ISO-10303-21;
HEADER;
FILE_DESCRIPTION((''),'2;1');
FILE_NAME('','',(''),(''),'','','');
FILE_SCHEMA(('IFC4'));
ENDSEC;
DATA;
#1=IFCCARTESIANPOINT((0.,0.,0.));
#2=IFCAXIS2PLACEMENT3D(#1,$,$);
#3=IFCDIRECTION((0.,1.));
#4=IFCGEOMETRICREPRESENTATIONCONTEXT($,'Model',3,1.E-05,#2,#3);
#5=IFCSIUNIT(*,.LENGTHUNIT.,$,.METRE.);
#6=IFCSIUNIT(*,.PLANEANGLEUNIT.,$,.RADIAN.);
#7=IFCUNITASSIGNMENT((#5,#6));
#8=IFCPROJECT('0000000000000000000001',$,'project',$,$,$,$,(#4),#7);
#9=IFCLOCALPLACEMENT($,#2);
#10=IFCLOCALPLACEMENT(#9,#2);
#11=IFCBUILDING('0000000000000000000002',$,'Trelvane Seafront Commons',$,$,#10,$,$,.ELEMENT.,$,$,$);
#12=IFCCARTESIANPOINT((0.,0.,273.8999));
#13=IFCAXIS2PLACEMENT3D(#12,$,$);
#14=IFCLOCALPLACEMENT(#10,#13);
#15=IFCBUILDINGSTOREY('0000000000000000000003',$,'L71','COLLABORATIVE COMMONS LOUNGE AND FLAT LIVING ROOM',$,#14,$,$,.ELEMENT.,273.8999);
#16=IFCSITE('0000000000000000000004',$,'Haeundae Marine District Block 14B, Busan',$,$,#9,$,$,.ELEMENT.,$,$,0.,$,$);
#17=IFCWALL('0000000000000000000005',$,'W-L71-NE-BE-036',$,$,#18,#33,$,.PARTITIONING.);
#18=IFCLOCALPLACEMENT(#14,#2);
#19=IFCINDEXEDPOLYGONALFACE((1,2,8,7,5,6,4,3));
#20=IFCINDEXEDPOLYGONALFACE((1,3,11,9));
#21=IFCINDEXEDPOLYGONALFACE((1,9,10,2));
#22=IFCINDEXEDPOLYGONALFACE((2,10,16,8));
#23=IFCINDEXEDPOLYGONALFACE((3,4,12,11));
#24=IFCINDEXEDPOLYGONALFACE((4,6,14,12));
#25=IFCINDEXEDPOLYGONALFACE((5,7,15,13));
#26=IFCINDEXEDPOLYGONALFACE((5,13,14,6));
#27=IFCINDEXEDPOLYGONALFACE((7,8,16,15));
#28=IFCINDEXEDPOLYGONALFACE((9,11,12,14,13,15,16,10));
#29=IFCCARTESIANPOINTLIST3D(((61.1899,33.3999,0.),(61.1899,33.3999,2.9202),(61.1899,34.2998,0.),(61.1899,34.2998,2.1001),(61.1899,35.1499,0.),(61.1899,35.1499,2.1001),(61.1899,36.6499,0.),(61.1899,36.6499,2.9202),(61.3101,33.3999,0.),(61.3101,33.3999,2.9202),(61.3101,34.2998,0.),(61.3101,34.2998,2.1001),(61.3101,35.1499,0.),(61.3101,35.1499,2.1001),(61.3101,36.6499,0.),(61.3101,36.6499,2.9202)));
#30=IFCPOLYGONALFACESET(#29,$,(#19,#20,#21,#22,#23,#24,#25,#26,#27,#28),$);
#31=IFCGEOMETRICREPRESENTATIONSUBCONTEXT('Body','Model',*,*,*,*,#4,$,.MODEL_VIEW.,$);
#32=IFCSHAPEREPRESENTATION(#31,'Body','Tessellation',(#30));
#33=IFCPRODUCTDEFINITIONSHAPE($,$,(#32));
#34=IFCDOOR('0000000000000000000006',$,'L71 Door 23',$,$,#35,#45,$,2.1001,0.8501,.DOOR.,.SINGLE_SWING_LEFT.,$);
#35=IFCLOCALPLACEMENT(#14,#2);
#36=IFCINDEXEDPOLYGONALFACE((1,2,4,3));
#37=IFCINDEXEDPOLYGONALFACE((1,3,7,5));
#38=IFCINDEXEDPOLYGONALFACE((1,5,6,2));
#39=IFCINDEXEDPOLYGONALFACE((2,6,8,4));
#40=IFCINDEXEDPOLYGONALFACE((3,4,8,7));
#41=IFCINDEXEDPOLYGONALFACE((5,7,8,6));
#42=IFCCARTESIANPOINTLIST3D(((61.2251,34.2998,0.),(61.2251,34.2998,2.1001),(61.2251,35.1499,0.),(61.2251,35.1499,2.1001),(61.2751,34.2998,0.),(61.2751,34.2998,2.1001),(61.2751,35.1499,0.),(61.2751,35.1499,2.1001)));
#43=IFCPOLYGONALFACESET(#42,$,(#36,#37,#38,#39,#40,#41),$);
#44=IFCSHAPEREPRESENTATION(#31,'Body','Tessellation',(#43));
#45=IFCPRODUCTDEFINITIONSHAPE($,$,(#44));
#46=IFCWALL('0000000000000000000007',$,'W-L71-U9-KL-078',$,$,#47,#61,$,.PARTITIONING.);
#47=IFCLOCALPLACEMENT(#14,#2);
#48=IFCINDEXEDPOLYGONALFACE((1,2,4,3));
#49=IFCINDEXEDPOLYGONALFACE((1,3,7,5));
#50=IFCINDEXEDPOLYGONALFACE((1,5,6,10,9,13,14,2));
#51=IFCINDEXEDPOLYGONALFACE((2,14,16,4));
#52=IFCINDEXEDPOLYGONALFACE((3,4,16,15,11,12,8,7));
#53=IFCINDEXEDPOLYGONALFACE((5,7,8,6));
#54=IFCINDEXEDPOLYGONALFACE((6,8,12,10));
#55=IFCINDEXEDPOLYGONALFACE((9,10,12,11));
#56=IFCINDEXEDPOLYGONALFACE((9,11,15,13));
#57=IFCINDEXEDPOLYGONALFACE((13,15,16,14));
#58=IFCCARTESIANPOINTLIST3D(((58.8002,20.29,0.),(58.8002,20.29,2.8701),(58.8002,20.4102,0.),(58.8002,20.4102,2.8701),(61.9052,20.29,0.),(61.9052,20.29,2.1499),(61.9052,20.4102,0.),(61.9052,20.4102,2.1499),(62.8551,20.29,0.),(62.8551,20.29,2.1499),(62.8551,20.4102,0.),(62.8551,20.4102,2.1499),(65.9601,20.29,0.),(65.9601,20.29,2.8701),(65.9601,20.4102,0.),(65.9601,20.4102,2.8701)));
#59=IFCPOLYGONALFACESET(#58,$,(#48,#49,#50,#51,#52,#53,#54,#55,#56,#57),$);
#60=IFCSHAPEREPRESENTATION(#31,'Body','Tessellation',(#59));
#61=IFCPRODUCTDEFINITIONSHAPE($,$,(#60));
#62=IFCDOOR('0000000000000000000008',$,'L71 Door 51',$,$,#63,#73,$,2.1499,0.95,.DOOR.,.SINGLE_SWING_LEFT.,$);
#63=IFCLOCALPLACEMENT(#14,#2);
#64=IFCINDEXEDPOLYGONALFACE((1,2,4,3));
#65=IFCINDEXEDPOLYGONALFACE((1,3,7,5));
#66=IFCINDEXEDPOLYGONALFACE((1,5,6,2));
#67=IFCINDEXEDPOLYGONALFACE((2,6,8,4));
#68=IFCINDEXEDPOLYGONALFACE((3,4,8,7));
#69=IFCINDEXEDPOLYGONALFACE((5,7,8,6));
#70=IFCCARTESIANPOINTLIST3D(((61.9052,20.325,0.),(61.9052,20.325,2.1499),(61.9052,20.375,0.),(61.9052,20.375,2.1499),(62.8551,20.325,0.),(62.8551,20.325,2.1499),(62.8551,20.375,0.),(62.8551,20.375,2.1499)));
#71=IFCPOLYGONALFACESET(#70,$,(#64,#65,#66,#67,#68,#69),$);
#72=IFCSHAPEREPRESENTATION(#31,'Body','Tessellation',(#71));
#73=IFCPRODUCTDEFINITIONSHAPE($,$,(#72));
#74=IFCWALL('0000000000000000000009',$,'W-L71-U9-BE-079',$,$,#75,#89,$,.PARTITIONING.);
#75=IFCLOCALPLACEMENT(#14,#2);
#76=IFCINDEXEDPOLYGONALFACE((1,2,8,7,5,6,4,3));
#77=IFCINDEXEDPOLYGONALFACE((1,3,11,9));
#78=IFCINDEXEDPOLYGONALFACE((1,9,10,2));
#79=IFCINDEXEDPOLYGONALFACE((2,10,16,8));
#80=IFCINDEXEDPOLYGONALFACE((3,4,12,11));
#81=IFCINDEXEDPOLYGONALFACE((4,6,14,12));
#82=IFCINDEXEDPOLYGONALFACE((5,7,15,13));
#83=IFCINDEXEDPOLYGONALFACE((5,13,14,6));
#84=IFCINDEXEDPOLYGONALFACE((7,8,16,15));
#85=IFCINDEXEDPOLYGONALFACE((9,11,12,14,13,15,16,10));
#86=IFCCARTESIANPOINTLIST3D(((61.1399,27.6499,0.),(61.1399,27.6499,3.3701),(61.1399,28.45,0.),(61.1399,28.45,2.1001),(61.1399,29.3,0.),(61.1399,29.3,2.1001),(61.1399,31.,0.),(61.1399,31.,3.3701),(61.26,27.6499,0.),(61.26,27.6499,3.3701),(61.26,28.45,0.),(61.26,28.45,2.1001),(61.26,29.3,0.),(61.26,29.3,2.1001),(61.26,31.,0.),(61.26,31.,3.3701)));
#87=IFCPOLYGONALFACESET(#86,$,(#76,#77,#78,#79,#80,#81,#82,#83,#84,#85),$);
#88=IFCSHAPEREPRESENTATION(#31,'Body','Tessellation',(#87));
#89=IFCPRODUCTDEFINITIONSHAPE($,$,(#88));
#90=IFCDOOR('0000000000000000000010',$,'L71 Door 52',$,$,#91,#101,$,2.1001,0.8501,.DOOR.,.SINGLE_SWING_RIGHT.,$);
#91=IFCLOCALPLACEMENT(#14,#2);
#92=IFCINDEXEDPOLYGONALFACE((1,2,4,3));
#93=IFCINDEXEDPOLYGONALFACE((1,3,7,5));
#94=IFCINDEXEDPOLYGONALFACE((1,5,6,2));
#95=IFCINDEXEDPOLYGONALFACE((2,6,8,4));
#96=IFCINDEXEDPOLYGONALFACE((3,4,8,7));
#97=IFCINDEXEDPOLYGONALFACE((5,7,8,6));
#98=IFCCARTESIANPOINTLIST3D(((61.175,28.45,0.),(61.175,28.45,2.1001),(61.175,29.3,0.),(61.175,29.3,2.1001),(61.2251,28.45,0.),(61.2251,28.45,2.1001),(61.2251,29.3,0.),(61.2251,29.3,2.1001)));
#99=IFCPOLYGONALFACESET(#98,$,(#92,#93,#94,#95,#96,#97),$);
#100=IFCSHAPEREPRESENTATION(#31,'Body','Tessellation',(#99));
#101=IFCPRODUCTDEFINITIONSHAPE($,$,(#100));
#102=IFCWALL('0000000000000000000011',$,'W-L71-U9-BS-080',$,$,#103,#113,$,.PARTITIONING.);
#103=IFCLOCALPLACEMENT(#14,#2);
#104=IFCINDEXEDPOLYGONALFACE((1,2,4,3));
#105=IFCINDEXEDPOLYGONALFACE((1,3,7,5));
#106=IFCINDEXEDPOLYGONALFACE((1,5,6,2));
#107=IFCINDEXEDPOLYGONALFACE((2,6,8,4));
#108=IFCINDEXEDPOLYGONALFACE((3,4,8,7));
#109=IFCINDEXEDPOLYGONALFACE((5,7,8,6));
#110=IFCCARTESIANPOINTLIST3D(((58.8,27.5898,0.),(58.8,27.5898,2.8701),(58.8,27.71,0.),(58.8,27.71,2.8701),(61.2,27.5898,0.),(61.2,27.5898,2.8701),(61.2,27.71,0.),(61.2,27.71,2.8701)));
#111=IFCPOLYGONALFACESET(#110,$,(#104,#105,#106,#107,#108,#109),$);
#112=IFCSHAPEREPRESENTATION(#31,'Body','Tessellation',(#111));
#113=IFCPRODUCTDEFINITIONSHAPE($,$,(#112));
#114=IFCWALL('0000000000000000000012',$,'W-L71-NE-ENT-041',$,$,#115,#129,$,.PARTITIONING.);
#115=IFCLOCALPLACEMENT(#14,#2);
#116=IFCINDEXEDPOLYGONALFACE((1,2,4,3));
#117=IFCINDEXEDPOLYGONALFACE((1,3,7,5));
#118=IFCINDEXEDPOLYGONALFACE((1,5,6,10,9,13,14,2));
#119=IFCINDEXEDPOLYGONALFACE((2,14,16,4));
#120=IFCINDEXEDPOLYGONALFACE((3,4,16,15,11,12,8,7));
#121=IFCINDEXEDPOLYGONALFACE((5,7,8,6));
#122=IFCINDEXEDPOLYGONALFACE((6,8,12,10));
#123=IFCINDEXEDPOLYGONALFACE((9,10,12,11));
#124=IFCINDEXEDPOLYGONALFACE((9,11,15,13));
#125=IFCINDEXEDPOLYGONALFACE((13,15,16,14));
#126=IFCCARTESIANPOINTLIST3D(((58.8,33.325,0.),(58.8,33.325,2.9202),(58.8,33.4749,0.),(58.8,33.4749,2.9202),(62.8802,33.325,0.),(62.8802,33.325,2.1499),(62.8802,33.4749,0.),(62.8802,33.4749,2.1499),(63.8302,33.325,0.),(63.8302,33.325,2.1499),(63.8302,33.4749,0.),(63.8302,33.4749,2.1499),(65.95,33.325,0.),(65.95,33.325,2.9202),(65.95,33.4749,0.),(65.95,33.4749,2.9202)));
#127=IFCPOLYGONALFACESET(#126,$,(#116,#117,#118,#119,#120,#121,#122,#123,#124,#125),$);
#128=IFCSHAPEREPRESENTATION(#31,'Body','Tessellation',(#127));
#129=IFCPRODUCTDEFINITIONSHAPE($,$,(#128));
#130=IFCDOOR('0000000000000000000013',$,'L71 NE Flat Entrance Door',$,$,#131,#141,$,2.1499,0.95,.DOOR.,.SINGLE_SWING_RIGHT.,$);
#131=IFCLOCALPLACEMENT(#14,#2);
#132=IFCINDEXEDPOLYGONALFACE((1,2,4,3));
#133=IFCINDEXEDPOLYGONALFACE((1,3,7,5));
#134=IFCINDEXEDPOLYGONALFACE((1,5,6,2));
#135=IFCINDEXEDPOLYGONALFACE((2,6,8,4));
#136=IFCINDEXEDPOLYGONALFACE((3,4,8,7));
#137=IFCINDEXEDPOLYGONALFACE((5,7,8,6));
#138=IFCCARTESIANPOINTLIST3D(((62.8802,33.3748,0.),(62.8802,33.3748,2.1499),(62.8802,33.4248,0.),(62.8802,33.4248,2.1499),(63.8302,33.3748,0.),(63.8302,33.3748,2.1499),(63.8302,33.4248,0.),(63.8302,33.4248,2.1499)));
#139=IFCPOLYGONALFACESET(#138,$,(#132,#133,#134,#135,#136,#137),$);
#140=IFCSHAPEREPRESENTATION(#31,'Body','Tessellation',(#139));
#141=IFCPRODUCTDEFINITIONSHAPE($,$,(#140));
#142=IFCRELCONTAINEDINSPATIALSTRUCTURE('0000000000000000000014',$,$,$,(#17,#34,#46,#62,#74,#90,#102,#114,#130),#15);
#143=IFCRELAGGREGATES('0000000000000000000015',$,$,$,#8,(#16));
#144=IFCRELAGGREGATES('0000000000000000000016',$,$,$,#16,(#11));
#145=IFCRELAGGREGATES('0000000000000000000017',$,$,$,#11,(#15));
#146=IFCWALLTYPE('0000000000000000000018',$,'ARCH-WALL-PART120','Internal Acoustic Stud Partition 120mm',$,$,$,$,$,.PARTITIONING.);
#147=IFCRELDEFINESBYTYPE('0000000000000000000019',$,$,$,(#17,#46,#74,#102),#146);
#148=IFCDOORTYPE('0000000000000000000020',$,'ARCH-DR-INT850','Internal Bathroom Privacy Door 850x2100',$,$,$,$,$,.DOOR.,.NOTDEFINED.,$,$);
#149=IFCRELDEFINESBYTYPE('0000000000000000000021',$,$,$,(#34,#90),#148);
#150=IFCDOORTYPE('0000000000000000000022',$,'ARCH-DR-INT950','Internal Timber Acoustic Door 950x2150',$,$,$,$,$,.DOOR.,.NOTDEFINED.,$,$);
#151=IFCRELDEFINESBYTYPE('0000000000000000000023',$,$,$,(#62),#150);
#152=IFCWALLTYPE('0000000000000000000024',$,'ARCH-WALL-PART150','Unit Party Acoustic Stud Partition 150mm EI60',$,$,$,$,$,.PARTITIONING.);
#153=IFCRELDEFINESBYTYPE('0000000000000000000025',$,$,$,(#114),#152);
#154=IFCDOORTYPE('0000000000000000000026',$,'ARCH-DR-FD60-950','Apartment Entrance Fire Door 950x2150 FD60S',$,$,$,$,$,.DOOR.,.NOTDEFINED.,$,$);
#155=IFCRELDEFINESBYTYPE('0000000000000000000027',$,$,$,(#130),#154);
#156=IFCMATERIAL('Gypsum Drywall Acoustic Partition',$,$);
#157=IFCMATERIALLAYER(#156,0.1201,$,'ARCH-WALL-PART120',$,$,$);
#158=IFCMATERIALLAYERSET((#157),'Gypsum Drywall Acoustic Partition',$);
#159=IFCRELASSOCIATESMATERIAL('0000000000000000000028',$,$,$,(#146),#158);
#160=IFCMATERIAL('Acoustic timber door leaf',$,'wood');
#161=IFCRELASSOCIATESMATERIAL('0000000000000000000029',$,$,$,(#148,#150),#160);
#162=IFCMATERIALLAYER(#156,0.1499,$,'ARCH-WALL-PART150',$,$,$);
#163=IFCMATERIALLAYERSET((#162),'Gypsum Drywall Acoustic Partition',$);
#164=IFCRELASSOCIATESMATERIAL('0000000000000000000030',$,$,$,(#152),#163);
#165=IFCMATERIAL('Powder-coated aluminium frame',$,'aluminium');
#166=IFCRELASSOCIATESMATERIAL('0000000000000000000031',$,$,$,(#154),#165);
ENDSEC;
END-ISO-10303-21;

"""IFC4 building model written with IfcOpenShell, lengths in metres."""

from ifc_helpers import new_model, si_unit, direction, frame, frame_2d, origin, place, context, subcontext, project, spatial, rectangle, extrude, source, transform, mapped, material, layer, layer_set, type_object, element, fill, save


model = new_model("IFC4")

# Units and contexts
model_context = context("Model", 3, precision=1e-05, world=origin(), true_north=direction((0.0, 1.0)))
body_context = subcontext(model_context, "Body", "Model", "MODEL_VIEW")
ifc_project = project(units=[si_unit("LENGTHUNIT", "METRE"), si_unit("PLANEANGLEUNIT", "RADIAN")], contexts=[model_context])

# Site, building, storey
site_placement = place(None, origin())
site = spatial("IfcSite", under=ifc_project, at=site_placement, Name="Haeundae Marine District Block 14B, Busan", CompositionType="ELEMENT", RefElevation=0.0)
building_placement = place(site_placement, origin())
building = spatial("IfcBuilding", under=site, at=building_placement, Name="Trelvane Seafront Commons", CompositionType="ELEMENT")
storey_placement = place(building_placement, frame((0.0, 0.0, 273.8999)))
storey = spatial("IfcBuildingStorey", under=building, at=storey_placement, Name="L71", Description="COLLABORATIVE COMMONS LOUNGE AND FLAT LIVING ROOM", CompositionType="ELEMENT", Elevation=273.8999)

# Walls, openings, doors
ifc_material_1 = material(Name="Gypsum Drywall Acoustic Partition")
ifc_layer_1 = layer(ifc_material_1, 0.1201, Name="ARCH-WALL-PART120")
ifc_layer_set_1 = layer_set([ifc_layer_1], Name="Gypsum Drywall Acoustic Partition")
wall_type_1 = type_object("IfcWallType", Name="ARCH-WALL-PART120", Description="Internal Acoustic Stud Partition 120mm", PredefinedType="PARTITIONING", material=ifc_layer_set_1)
wall_1_placement = place(storey_placement, frame((61.25, 33.3999, 0.0), z_axis=(0.0, 0.0, 1.0), x_axis=(0.0, 1.0, 0.0)))
wall_1 = element("IfcWall", 1, at=wall_1_placement, inside=storey, type_object=wall_type_1, Name="W-L71-NE-BE-036", PredefinedType="PARTITIONING", context=body_context, shape_type="SweptSolid", body=[
    extrude(rectangle(XDim=3.25, YDim=0.1201, at=frame_2d((1.625, 0.0))), origin(), (0.0, 0.0, 1.0), 2.9202),
])
opening_1_placement = place(wall_1_placement, frame((0.8999, 0.0, 0.0)))
opening_1 = element("IfcOpeningElement", 2, at=opening_1_placement, cuts=wall_1, PredefinedType="OPENING", context=body_context, shape_type="SweptSolid", body=[
    extrude(rectangle(XDim=0.8501, YDim=2.1001, at=frame_2d((0.425, 1.05))), frame((0.0, 0.0701, 0.0), z_axis=(0.0, -1.0, 0.0), x_axis=(1.0, 0.0, 0.0)), (0.0, 0.0, 1.0), 0.1401),
])
ifc_material_2 = material(Name="Acoustic timber door leaf", Category="wood")
door_type_1 = type_object("IfcDoorType", Name="ARCH-DR-INT850", Description="Internal Bathroom Privacy Door 850x2100", OperationType="NOTDEFINED", PredefinedType="DOOR", material=ifc_material_2)
shared_shape_1 = source(origin(), body_context, "Body", "SweptSolid", [
    extrude(rectangle(XDim=0.8501, YDim=2.1001, at=frame_2d((0.425, 1.05))), frame((0.0, 0.0249, 0.0), z_axis=(0.0, -1.0, 0.0), x_axis=(1.0, 0.0, 0.0)), (0.0, 0.0, 1.0), 0.05),
])
door_1_placement = place(opening_1_placement, origin())
door_1 = element("IfcDoor", 3, at=door_1_placement, inside=storey, type_object=door_type_1, Name="L71 Door 23", OperationType="SINGLE_SWING_LEFT", OverallHeight=2.1001, OverallWidth=0.8501, PredefinedType="DOOR", context=body_context, shape_type="MappedRepresentation", body=[
    mapped(shared_shape_1, transform((0.0, 0.0, 0.0), x_axis=(1.0, 0.0, 0.0), y_axis=(0.0, 1.0, 0.0), z_axis=(0.0, 0.0, 1.0), scale=1.0)),
])
fill(opening_1, door_1)
wall_2_placement = place(storey_placement, frame((58.8, 20.3501, 0.0), z_axis=(0.0, 0.0, 1.0), x_axis=(1.0, 0.0, 0.0)))
wall_2 = element("IfcWall", 4, at=wall_2_placement, inside=storey, type_object=wall_type_1, Name="W-L71-U9-KL-078", PredefinedType="PARTITIONING", context=body_context, shape_type="SweptSolid", body=[
    extrude(rectangle(XDim=7.1599, YDim=0.1201, at=frame_2d((3.5801, 0.0))), origin(), (0.0, 0.0, 1.0), 2.8701),
])
opening_2_placement = place(wall_2_placement, frame((3.105, 0.0, 0.0)))
opening_2 = element("IfcOpeningElement", 5, at=opening_2_placement, cuts=wall_2, PredefinedType="OPENING", context=body_context, shape_type="SweptSolid", body=[
    extrude(rectangle(XDim=0.95, YDim=2.1499, at=frame_2d((0.4751, 1.075))), frame((0.0, 0.0701, 0.0), z_axis=(0.0, -1.0, 0.0), x_axis=(1.0, 0.0, 0.0)), (0.0, 0.0, 1.0), 0.1401),
])
door_type_2 = type_object("IfcDoorType", Name="ARCH-DR-INT950", Description="Internal Timber Acoustic Door 950x2150", OperationType="NOTDEFINED", PredefinedType="DOOR", material=ifc_material_2)
shared_shape_2 = source(origin(), body_context, "Body", "SweptSolid", [
    extrude(rectangle(XDim=0.95, YDim=2.1499, at=frame_2d((0.4751, 1.075))), frame((0.0, 0.0249, 0.0), z_axis=(0.0, -1.0, 0.0), x_axis=(1.0, 0.0, 0.0)), (0.0, 0.0, 1.0), 0.05),
])
door_2_placement = place(opening_2_placement, origin())
door_2 = element("IfcDoor", 6, at=door_2_placement, inside=storey, type_object=door_type_2, Name="L71 Door 51", OperationType="SINGLE_SWING_LEFT", OverallHeight=2.1499, OverallWidth=0.95, PredefinedType="DOOR", context=body_context, shape_type="MappedRepresentation", body=[
    mapped(shared_shape_2, transform((0.0, 0.0, 0.0), x_axis=(1.0, 0.0, 0.0), y_axis=(0.0, 1.0, 0.0), z_axis=(0.0, 0.0, 1.0), scale=1.0)),
])
fill(opening_2, door_2)
wall_3_placement = place(storey_placement, frame((61.2, 27.6499, 0.0), z_axis=(0.0, 0.0, 1.0), x_axis=(0.0, 1.0, 0.0)))
wall_3 = element("IfcWall", 7, at=wall_3_placement, inside=storey, type_object=wall_type_1, Name="W-L71-U9-BE-079", PredefinedType="PARTITIONING", context=body_context, shape_type="SweptSolid", body=[
    extrude(rectangle(XDim=3.3501, YDim=0.1201, at=frame_2d((1.675, 0.0))), origin(), (0.0, 0.0, 1.0), 3.3701),
])
opening_3_placement = place(wall_3_placement, frame((0.8, 0.0, 0.0)))
opening_3 = element("IfcOpeningElement", 8, at=opening_3_placement, cuts=wall_3, PredefinedType="OPENING", context=body_context, shape_type="SweptSolid", body=[
    extrude(rectangle(XDim=0.8501, YDim=2.1001, at=frame_2d((0.425, 1.05))), frame((0.0, 0.0701, 0.0), z_axis=(0.0, -1.0, 0.0), x_axis=(1.0, 0.0, 0.0)), (0.0, 0.0, 1.0), 0.1401),
])
door_3_placement = place(opening_3_placement, origin())
door_3 = element("IfcDoor", 9, at=door_3_placement, inside=storey, type_object=door_type_1, Name="L71 Door 52", OperationType="SINGLE_SWING_RIGHT", OverallHeight=2.1001, OverallWidth=0.8501, PredefinedType="DOOR", context=body_context, shape_type="MappedRepresentation", body=[
    mapped(shared_shape_1, transform((0.0, 0.0, 0.0), x_axis=(1.0, 0.0, 0.0), y_axis=(0.0, 1.0, 0.0), z_axis=(0.0, 0.0, 1.0), scale=1.0)),
])
fill(opening_3, door_3)

# Wall
wall_4_placement = place(storey_placement, frame((58.8, 27.6499, 0.0), z_axis=(0.0, 0.0, 1.0), x_axis=(1.0, 0.0, 0.0)))
element("IfcWall", 10, at=wall_4_placement, inside=storey, type_object=wall_type_1, Name="W-L71-U9-BS-080", PredefinedType="PARTITIONING", context=body_context, shape_type="SweptSolid", body=[
    extrude(rectangle(XDim=2.3999, YDim=0.1201, at=frame_2d((1.2, 0.0))), origin(), (0.0, 0.0, 1.0), 2.8701),
])

# Wall, opening, door
ifc_layer_2 = layer(ifc_material_1, 0.1499, Name="ARCH-WALL-PART150")
ifc_layer_set_2 = layer_set([ifc_layer_2], Name="Gypsum Drywall Acoustic Partition")
wall_type_2 = type_object("IfcWallType", Name="ARCH-WALL-PART150", Description="Unit Party Acoustic Stud Partition 150mm EI60", PredefinedType="PARTITIONING", material=ifc_layer_set_2)
wall_5_placement = place(storey_placement, frame((58.8, 33.3999, 0.0), z_axis=(0.0, 0.0, 1.0), x_axis=(1.0, 0.0, 0.0)))
wall_5 = element("IfcWall", 11, at=wall_5_placement, inside=storey, type_object=wall_type_2, Name="W-L71-NE-ENT-041", PredefinedType="PARTITIONING", context=body_context, shape_type="SweptSolid", body=[
    extrude(rectangle(XDim=7.1499, YDim=0.1499, at=frame_2d((3.575, 0.0))), origin(), (0.0, 0.0, 1.0), 2.9202),
])
opening_4_placement = place(wall_5_placement, frame((4.0801, 0.0, 0.0)))
opening_4 = element("IfcOpeningElement", 12, at=opening_4_placement, cuts=wall_5, PredefinedType="OPENING", context=body_context, shape_type="SweptSolid", body=[
    extrude(rectangle(XDim=0.95, YDim=2.1499, at=frame_2d((0.4751, 1.075))), frame((0.0, 0.085, 0.0), z_axis=(0.0, -1.0, 0.0), x_axis=(1.0, 0.0, 0.0)), (0.0, 0.0, 1.0), 0.1699),
])
ifc_material_3 = material(Name="Powder-coated aluminium frame", Category="aluminium")
door_type_3 = type_object("IfcDoorType", Name="ARCH-DR-FD60-950", Description="Apartment Entrance Fire Door 950x2150 FD60S", OperationType="NOTDEFINED", PredefinedType="DOOR", material=ifc_material_3)
door_4_placement = place(opening_4_placement, origin())
door_4 = element("IfcDoor", 13, at=door_4_placement, inside=storey, type_object=door_type_3, Name="L71 NE Flat Entrance Door", OperationType="SINGLE_SWING_RIGHT", OverallHeight=2.1499, OverallWidth=0.95, PredefinedType="DOOR", context=body_context, shape_type="MappedRepresentation", body=[
    mapped(shared_shape_2, transform((0.0, 0.0, 0.0), x_axis=(1.0, 0.0, 0.0), y_axis=(0.0, 1.0, 0.0), z_axis=(0.0, 0.0, 1.0), scale=1.0)),
])
fill(opening_4, door_4)

save(model, "model.ifc")
